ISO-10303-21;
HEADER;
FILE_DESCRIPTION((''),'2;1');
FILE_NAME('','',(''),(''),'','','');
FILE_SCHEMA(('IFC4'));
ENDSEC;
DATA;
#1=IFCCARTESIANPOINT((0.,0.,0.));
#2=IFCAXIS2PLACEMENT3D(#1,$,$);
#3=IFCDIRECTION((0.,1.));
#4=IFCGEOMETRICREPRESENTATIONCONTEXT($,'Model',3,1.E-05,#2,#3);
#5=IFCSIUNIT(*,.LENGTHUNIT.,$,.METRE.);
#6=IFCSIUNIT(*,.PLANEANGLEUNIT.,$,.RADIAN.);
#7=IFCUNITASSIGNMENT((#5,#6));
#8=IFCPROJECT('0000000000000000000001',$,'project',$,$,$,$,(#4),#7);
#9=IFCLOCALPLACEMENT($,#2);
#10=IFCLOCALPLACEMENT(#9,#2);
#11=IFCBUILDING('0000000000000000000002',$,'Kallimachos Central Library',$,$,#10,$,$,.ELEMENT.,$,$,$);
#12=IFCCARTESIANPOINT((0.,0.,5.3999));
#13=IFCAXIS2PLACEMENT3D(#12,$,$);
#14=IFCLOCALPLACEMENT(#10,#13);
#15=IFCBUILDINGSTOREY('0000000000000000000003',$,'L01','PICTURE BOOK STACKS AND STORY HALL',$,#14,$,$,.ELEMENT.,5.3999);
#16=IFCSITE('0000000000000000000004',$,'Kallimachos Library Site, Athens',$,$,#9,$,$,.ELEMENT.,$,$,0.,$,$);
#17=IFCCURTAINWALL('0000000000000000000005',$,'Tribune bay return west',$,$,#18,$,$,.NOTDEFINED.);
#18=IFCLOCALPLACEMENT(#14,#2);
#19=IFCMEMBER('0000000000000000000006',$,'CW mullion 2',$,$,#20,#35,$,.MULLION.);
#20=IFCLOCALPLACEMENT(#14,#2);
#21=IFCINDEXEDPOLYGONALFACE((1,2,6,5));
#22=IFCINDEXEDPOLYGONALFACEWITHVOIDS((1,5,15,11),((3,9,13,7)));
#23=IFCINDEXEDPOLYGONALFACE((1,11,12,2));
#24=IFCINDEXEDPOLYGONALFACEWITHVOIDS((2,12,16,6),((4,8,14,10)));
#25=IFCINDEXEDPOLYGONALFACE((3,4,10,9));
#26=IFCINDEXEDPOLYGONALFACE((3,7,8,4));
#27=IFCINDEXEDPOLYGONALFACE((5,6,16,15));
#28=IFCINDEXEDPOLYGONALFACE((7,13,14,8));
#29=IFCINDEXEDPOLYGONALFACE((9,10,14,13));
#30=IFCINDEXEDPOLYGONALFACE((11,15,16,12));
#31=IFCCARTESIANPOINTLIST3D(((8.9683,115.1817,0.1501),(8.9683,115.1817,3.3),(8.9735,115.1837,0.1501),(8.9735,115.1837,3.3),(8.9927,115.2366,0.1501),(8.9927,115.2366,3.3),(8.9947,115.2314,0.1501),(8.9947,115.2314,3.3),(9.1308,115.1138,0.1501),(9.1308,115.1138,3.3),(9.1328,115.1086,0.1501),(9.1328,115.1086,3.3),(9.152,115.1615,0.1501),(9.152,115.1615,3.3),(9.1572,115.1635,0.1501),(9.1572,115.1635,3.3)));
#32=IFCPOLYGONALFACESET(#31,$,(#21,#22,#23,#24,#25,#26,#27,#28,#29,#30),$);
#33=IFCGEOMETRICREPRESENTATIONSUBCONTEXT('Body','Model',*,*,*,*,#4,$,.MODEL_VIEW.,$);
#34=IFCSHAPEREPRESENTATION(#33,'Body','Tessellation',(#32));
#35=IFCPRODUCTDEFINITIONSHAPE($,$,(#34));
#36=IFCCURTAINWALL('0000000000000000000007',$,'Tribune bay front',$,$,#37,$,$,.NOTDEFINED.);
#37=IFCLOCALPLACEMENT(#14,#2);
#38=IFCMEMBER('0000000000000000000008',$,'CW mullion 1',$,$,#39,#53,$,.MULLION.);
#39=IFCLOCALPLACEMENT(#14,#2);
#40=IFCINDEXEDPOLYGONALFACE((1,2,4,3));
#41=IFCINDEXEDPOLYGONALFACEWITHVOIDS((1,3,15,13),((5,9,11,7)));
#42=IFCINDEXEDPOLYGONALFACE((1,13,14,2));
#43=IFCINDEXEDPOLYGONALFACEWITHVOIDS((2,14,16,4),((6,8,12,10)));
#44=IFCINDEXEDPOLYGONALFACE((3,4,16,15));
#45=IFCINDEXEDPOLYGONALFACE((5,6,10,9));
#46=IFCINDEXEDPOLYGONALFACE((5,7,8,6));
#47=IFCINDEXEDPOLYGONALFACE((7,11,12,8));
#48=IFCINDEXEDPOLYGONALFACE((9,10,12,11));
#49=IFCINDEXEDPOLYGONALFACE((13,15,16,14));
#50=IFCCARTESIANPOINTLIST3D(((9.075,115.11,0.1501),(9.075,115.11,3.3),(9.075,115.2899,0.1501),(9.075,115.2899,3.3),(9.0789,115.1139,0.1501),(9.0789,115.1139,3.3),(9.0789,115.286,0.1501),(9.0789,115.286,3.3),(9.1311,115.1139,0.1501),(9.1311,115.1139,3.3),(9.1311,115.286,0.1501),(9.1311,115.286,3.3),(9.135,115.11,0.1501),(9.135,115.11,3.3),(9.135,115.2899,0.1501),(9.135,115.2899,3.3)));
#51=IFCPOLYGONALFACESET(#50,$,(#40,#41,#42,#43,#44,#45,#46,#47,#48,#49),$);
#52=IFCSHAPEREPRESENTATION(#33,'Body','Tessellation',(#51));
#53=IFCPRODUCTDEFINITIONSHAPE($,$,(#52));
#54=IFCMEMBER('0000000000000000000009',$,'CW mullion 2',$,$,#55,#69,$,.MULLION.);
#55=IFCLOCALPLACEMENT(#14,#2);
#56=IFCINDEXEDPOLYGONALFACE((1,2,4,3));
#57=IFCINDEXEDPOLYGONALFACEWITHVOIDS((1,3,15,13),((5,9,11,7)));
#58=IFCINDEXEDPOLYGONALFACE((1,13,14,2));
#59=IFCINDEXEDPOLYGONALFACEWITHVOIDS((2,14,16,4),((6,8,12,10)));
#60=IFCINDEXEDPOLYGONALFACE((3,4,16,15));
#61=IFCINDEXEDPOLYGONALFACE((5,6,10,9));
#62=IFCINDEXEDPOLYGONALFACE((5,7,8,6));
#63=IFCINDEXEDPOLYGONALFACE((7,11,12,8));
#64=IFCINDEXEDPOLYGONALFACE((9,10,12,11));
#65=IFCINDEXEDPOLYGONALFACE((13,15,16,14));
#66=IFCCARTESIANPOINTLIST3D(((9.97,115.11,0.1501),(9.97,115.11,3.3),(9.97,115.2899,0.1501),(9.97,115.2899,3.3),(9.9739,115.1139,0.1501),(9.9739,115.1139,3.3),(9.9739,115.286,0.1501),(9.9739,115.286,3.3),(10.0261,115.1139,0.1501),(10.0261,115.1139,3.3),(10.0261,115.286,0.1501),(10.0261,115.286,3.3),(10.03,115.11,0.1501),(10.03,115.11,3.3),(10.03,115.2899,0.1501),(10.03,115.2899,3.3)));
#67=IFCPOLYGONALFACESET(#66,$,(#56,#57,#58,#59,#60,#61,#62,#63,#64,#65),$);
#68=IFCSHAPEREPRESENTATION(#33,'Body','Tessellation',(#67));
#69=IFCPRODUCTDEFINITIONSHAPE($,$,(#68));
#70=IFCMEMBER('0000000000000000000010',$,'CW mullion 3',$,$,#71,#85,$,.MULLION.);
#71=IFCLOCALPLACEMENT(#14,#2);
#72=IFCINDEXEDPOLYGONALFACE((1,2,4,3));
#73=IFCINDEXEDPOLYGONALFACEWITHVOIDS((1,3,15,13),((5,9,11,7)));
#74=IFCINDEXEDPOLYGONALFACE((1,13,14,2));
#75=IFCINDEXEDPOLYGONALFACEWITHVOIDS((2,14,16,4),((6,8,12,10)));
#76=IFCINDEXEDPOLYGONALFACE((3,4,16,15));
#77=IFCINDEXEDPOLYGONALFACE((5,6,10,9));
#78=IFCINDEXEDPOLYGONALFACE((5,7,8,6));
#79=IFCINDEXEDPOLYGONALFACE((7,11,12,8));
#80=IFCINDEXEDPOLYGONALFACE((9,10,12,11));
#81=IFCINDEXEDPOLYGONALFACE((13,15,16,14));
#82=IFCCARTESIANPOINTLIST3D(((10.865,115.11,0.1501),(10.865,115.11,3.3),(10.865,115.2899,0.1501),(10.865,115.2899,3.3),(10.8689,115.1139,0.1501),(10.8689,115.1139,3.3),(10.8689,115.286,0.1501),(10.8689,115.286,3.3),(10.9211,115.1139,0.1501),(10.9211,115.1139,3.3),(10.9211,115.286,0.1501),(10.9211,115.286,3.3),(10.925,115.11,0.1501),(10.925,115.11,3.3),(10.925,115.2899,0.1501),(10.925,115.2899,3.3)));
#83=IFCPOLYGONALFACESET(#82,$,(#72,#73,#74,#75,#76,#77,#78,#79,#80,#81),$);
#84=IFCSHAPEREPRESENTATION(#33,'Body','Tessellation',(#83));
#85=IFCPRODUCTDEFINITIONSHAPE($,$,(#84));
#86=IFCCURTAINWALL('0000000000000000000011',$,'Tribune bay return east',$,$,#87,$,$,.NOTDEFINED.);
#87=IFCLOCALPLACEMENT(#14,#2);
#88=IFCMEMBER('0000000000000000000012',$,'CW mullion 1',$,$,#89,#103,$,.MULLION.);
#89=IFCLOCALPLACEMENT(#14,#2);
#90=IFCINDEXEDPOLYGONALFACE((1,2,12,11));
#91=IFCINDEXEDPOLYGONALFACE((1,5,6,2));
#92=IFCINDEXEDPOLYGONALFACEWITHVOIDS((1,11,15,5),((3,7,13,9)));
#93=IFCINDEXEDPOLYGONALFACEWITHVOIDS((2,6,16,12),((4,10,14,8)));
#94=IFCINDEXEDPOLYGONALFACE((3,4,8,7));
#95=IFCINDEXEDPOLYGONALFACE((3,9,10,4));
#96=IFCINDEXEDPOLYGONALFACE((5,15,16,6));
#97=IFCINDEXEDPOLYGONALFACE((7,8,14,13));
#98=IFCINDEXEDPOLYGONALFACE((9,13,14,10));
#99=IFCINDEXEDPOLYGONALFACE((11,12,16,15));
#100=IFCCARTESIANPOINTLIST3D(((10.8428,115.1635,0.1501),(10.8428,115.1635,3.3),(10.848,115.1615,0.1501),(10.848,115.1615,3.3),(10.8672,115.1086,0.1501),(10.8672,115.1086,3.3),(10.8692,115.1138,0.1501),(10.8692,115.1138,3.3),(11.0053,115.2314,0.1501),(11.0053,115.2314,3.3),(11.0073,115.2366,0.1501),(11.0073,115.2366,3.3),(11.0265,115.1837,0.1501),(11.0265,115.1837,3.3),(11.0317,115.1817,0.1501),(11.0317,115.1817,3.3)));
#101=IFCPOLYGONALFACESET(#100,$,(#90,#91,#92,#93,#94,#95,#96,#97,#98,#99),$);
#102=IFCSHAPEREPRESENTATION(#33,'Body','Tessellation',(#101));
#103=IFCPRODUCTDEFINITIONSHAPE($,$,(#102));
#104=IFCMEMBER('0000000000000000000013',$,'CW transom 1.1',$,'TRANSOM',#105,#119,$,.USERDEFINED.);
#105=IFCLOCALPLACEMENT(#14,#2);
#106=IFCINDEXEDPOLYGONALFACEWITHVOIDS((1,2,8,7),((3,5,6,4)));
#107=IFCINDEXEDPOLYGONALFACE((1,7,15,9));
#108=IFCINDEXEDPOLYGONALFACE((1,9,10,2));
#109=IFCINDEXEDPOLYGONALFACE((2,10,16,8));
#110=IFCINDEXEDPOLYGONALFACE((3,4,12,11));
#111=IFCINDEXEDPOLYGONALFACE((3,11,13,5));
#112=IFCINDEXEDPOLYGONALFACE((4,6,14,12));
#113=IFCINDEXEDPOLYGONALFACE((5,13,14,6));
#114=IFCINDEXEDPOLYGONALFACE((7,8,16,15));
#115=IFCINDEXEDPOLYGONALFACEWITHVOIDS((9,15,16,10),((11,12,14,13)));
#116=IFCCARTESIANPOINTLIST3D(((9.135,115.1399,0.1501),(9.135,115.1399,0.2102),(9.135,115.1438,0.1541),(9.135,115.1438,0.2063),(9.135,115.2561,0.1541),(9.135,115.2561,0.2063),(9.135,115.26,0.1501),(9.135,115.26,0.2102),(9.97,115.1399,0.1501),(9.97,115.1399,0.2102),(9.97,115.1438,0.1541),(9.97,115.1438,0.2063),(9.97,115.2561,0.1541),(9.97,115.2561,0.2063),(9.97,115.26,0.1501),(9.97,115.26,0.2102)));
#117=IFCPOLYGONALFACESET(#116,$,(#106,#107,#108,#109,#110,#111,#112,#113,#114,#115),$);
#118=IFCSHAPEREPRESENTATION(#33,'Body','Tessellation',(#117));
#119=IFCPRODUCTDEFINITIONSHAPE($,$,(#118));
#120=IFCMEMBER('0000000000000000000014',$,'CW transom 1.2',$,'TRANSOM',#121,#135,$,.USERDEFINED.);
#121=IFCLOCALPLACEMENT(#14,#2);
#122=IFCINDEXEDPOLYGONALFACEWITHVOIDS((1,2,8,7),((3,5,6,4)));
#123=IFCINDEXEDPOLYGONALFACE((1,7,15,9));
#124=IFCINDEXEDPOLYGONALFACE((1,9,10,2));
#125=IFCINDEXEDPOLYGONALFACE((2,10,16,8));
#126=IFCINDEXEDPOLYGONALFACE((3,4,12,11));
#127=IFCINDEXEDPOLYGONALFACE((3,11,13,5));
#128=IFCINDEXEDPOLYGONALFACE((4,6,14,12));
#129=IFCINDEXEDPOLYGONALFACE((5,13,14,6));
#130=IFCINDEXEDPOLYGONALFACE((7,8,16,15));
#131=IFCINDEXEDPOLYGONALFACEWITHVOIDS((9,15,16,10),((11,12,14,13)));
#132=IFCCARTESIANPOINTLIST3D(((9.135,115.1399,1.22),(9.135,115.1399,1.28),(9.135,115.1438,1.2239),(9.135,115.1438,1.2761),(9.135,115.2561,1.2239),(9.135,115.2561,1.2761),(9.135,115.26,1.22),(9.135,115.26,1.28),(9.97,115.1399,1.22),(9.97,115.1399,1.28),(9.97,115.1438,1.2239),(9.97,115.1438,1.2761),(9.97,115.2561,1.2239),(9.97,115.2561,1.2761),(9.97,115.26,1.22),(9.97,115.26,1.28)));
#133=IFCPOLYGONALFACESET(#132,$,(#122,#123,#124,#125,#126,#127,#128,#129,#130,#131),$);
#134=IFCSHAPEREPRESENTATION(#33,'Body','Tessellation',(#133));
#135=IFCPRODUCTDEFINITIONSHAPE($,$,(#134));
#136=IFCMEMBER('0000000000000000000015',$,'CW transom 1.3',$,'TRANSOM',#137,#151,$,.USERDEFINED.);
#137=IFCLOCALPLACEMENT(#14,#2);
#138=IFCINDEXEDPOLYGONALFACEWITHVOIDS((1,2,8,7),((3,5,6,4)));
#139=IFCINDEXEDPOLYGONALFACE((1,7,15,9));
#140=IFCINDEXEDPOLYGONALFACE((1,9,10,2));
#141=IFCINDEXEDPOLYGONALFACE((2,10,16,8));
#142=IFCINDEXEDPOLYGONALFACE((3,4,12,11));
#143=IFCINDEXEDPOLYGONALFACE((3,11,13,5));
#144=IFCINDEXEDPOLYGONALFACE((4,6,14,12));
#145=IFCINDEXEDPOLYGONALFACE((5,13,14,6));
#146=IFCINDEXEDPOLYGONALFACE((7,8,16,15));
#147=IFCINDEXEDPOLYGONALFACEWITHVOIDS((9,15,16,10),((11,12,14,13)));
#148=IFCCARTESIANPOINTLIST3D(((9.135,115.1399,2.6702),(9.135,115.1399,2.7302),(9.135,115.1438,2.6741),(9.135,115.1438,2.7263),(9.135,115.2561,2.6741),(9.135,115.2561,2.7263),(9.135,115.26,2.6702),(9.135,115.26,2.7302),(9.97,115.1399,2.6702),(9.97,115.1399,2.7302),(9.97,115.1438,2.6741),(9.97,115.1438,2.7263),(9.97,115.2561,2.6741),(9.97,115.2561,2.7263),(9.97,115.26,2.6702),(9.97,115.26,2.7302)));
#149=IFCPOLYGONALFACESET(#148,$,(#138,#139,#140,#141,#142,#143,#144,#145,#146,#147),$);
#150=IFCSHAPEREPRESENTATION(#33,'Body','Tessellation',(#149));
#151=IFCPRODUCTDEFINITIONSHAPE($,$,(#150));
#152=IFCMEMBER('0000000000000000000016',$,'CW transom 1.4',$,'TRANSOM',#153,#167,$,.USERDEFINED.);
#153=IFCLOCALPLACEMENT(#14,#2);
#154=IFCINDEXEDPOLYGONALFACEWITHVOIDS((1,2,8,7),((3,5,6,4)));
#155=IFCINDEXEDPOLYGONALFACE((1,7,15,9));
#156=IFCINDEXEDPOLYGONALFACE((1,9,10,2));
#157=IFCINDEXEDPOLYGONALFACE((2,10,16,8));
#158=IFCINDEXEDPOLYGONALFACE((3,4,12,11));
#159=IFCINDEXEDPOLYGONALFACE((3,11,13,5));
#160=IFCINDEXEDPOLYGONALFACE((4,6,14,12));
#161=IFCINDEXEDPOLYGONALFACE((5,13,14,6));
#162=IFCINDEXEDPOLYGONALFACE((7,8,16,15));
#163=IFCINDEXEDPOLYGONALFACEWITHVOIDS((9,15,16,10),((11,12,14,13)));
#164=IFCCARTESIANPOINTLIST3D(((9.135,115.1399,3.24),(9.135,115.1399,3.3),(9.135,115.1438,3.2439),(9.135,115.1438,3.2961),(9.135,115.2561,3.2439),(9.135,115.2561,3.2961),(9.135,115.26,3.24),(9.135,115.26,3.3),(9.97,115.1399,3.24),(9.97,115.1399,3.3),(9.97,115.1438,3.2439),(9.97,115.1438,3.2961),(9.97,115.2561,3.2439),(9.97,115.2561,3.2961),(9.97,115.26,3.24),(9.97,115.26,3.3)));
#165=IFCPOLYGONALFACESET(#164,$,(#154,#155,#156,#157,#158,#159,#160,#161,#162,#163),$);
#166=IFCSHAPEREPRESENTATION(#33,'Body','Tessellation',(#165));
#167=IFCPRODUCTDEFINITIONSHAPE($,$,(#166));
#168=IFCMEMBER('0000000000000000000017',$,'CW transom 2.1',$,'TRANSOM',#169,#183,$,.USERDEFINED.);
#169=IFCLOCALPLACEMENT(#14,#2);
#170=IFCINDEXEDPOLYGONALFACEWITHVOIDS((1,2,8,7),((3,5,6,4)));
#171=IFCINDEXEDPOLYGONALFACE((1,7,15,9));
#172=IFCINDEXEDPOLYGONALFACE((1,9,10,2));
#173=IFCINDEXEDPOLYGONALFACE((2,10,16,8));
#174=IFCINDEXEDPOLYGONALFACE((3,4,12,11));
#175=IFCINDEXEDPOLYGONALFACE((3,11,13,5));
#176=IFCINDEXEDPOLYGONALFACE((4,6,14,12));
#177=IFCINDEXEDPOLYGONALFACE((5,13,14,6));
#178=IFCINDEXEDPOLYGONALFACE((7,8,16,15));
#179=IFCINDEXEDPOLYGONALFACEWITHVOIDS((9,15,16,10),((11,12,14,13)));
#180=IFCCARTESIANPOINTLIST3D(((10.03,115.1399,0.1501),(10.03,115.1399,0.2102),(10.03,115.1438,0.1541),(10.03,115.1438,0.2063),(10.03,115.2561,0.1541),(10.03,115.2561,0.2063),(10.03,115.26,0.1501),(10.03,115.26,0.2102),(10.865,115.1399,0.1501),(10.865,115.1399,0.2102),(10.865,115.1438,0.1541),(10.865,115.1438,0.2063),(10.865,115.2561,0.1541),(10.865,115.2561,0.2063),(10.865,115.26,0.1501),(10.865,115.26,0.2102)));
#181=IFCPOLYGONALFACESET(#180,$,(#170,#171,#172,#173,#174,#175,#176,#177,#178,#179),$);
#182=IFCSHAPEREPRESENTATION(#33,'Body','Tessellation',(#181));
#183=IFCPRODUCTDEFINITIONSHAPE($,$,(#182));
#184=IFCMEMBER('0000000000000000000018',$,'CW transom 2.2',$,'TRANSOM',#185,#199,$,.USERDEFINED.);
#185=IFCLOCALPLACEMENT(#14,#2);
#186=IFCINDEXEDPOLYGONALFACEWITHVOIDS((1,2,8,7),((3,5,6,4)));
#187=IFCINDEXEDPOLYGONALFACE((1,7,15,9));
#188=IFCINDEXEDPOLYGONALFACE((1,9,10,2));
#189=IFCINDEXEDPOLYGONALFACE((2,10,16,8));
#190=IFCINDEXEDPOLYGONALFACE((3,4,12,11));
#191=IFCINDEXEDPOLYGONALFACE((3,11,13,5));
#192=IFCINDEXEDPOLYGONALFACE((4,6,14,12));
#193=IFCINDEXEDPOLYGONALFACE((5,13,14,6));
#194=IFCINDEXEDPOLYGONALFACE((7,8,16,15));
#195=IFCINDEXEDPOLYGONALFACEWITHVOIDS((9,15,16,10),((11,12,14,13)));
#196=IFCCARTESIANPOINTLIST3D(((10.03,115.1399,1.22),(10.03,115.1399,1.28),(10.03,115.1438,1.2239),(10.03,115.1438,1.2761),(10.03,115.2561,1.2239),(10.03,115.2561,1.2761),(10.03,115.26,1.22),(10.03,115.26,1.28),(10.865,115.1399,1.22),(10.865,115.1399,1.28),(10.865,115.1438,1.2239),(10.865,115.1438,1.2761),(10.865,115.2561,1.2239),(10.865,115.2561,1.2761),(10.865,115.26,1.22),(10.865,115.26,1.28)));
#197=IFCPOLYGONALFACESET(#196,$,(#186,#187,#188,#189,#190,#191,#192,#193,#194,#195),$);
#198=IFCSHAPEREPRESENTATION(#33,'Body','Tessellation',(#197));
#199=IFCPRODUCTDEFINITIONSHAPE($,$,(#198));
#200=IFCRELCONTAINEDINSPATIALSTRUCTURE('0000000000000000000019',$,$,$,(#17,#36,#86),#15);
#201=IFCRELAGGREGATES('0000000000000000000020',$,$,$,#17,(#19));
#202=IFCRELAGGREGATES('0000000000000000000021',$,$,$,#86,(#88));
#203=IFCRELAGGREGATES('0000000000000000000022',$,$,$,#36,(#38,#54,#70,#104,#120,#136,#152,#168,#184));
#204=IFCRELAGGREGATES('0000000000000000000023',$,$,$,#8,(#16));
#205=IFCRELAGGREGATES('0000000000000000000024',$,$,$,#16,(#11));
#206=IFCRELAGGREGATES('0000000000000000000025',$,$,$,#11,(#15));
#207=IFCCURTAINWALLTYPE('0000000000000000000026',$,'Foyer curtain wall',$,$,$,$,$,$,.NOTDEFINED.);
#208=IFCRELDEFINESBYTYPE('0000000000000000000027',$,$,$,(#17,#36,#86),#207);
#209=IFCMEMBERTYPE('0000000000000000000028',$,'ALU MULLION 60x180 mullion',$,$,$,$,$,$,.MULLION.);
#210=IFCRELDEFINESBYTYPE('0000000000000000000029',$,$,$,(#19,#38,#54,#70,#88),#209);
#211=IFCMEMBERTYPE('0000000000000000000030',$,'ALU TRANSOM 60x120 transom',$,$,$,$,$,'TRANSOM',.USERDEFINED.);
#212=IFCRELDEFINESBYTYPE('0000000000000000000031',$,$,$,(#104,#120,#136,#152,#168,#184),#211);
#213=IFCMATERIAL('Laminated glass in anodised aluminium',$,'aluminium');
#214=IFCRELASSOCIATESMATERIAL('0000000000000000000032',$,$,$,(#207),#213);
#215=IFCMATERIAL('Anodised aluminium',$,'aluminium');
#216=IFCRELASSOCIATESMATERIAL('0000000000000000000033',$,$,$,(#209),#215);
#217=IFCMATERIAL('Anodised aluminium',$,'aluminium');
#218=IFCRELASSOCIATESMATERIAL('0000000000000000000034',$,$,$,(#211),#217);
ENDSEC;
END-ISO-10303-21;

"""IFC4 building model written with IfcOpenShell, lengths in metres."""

from ifc_helpers import new_model, si_unit, direction, frame, origin, origin_2d, place, context, subcontext, project, spatial, hollow_rectangle, extrude, material, material_profile, profile_set, type_object, element, aggregate, save


model = new_model("IFC4")

# Units and contexts
model_context = context("Model", 3, precision=1e-05, world=origin(), true_north=direction((0.0, 1.0)))
body_context = subcontext(model_context, "Body", "Model", "MODEL_VIEW")
ifc_project = project(units=[si_unit("LENGTHUNIT", "METRE"), si_unit("PLANEANGLEUNIT", "RADIAN")], contexts=[model_context])

# Site, building, storey
site_placement = place(None, origin())
site = spatial("IfcSite", under=ifc_project, at=site_placement, Name="Kallimachos Library Site, Athens", CompositionType="ELEMENT", RefElevation=0.0)
building_placement = place(site_placement, origin())
building = spatial("IfcBuilding", under=site, at=building_placement, Name="Kallimachos Central Library", CompositionType="ELEMENT")
storey_placement = place(building_placement, frame((0.0, 0.0, 5.3999)))
storey = spatial("IfcBuildingStorey", under=building, at=storey_placement, Name="L01", Description="PICTURE BOOK STACKS AND STORY HALL", CompositionType="ELEMENT", Elevation=5.3999)

# Curtain wall, member
ifc_material_1 = material(Name="Laminated glass in anodised aluminium", Category="aluminium")
curtain_wall_type = type_object("IfcCurtainWallType", Name="Foyer curtain wall", PredefinedType="NOTDEFINED", material=ifc_material_1)
curtain_wall_1_placement = place(storey_placement, origin())
curtain_wall_1 = element("IfcCurtainWall", 1, at=curtain_wall_1_placement, inside=storey, type_object=curtain_wall_type, Name="Tribune bay return west", PredefinedType="NOTDEFINED")
ifc_material_2 = material(Name="Anodised aluminium", Category="aluminium")
ifc_material_profile_1 = material_profile(ifc_material_2, hollow_rectangle(XDim=0.0601, YDim=0.1799, WallThickness=0.0039, at=origin_2d()), Name="ALU MULLION 60x180")
ifc_profile_set_1 = profile_set([ifc_material_profile_1], Name="Anodised aluminium")
member_type_1 = type_object("IfcMemberType", Name="ALU MULLION 60x180 mullion", PredefinedType="MULLION", material=ifc_profile_set_1)
member_1_placement = place(storey_placement, frame((9.0627, 115.1726, 0.1501), z_axis=(0.0, 0.0, 1.0), x_axis=(0.406138, 0.913812, 0.0)))
member_1 = element("IfcMember", 2, at=member_1_placement, type_object=member_type_1, Name="CW mullion 2", PredefinedType="MULLION", context=body_context, shape_type="SweptSolid", body=[
    extrude(hollow_rectangle(XDim=0.0601, YDim=0.1799, WallThickness=0.0039, at=origin_2d()), origin(), (0.0, 0.0, 1.0), 3.1499),
])
aggregate(curtain_wall_1, [member_1])

# Curtain wall, members
curtain_wall_2_placement = place(storey_placement, origin())
curtain_wall_2 = element("IfcCurtainWall", 3, at=curtain_wall_2_placement, inside=storey, type_object=curtain_wall_type, Name="Tribune bay front", PredefinedType="NOTDEFINED")
member_2_placement = place(storey_placement, frame((9.105, 115.2, 0.1501), z_axis=(0.0, 0.0, 1.0), x_axis=(1.0, 0.0, 0.0)))
member_2 = element("IfcMember", 4, at=member_2_placement, type_object=member_type_1, Name="CW mullion 1", PredefinedType="MULLION", context=body_context, shape_type="SweptSolid", body=[
    extrude(hollow_rectangle(XDim=0.0601, YDim=0.1799, WallThickness=0.0039, at=origin_2d()), origin(), (0.0, 0.0, 1.0), 3.1499),
])
member_3_placement = place(storey_placement, frame((10.0, 115.2, 0.1501), z_axis=(0.0, 0.0, 1.0), x_axis=(1.0, 0.0, 0.0)))
member_3 = element("IfcMember", 5, at=member_3_placement, type_object=member_type_1, Name="CW mullion 2", PredefinedType="MULLION", context=body_context, shape_type="SweptSolid", body=[
    extrude(hollow_rectangle(XDim=0.0601, YDim=0.1799, WallThickness=0.0039, at=origin_2d()), origin(), (0.0, 0.0, 1.0), 3.1499),
])
member_4_placement = place(storey_placement, frame((10.895, 115.2, 0.1501), z_axis=(0.0, 0.0, 1.0), x_axis=(1.0, 0.0, 0.0)))
member_4 = element("IfcMember", 6, at=member_4_placement, type_object=member_type_1, Name="CW mullion 3", PredefinedType="MULLION", context=body_context, shape_type="SweptSolid", body=[
    extrude(hollow_rectangle(XDim=0.0601, YDim=0.1799, WallThickness=0.0039, at=origin_2d()), origin(), (0.0, 0.0, 1.0), 3.1499),
])

# Curtain wall, member
curtain_wall_3_placement = place(storey_placement, origin())
curtain_wall_3 = element("IfcCurtainWall", 7, at=curtain_wall_3_placement, inside=storey, type_object=curtain_wall_type, Name="Tribune bay return east", PredefinedType="NOTDEFINED")
member_5_placement = place(storey_placement, frame((10.9373, 115.1726, 0.1501), z_axis=(0.0, 0.0, 1.0), x_axis=(0.406138, -0.913812, 0.0)))
member_5 = element("IfcMember", 8, at=member_5_placement, type_object=member_type_1, Name="CW mullion 1", PredefinedType="MULLION", context=body_context, shape_type="SweptSolid", body=[
    extrude(hollow_rectangle(XDim=0.0601, YDim=0.1799, WallThickness=0.0039, at=origin_2d()), origin(), (0.0, 0.0, 1.0), 3.1499),
])

# Members
ifc_material_3 = material(Name="Anodised aluminium", Category="aluminium")
ifc_material_profile_2 = material_profile(ifc_material_3, hollow_rectangle(XDim=0.0601, YDim=0.1201, WallThickness=0.0039, at=origin_2d()), Name="ALU TRANSOM 60x120")
ifc_profile_set_2 = profile_set([ifc_material_profile_2], Name="Anodised aluminium")
member_type_2 = type_object("IfcMemberType", Name="ALU TRANSOM 60x120 transom", ElementType="TRANSOM", PredefinedType="USERDEFINED", material=ifc_profile_set_2)
member_6_placement = place(storey_placement, frame((9.135, 115.2, 0.1802), z_axis=(1.0, 0.0, 0.0), x_axis=(0.0, 0.0, 1.0)))
member_6 = element("IfcMember", 9, at=member_6_placement, type_object=member_type_2, Name="CW transom 1.1", ObjectType="TRANSOM", PredefinedType="USERDEFINED", context=body_context, shape_type="SweptSolid", body=[
    extrude(hollow_rectangle(XDim=0.0601, YDim=0.1201, WallThickness=0.0039, at=origin_2d()), origin(), (0.0, 0.0, 1.0), 0.835),
])
member_7_placement = place(storey_placement, frame((9.135, 115.2, 1.25), z_axis=(1.0, 0.0, 0.0), x_axis=(0.0, 0.0, 1.0)))
member_7 = element("IfcMember", 10, at=member_7_placement, type_object=member_type_2, Name="CW transom 1.2", ObjectType="TRANSOM", PredefinedType="USERDEFINED", context=body_context, shape_type="SweptSolid", body=[
    extrude(hollow_rectangle(XDim=0.0601, YDim=0.1201, WallThickness=0.0039, at=origin_2d()), origin(), (0.0, 0.0, 1.0), 0.835),
])
member_8_placement = place(storey_placement, frame((9.135, 115.2, 2.7002), z_axis=(1.0, 0.0, 0.0), x_axis=(0.0, 0.0, 1.0)))
member_8 = element("IfcMember", 11, at=member_8_placement, type_object=member_type_2, Name="CW transom 1.3", ObjectType="TRANSOM", PredefinedType="USERDEFINED", context=body_context, shape_type="SweptSolid", body=[
    extrude(hollow_rectangle(XDim=0.0601, YDim=0.1201, WallThickness=0.0039, at=origin_2d()), origin(), (0.0, 0.0, 1.0), 0.835),
])
member_9_placement = place(storey_placement, frame((9.135, 115.2, 3.27), z_axis=(1.0, 0.0, 0.0), x_axis=(0.0, 0.0, 1.0)))
member_9 = element("IfcMember", 12, at=member_9_placement, type_object=member_type_2, Name="CW transom 1.4", ObjectType="TRANSOM", PredefinedType="USERDEFINED", context=body_context, shape_type="SweptSolid", body=[
    extrude(hollow_rectangle(XDim=0.0601, YDim=0.1201, WallThickness=0.0039, at=origin_2d()), origin(), (0.0, 0.0, 1.0), 0.835),
])
member_10_placement = place(storey_placement, frame((10.03, 115.2, 0.1802), z_axis=(1.0, 0.0, 0.0), x_axis=(0.0, 0.0, 1.0)))
member_10 = element("IfcMember", 13, at=member_10_placement, type_object=member_type_2, Name="CW transom 2.1", ObjectType="TRANSOM", PredefinedType="USERDEFINED", context=body_context, shape_type="SweptSolid", body=[
    extrude(hollow_rectangle(XDim=0.0601, YDim=0.1201, WallThickness=0.0039, at=origin_2d()), origin(), (0.0, 0.0, 1.0), 0.835),
])
member_11_placement = place(storey_placement, frame((10.03, 115.2, 1.25), z_axis=(1.0, 0.0, 0.0), x_axis=(0.0, 0.0, 1.0)))
member_11 = element("IfcMember", 14, at=member_11_placement, type_object=member_type_2, Name="CW transom 2.2", ObjectType="TRANSOM", PredefinedType="USERDEFINED", context=body_context, shape_type="SweptSolid", body=[
    extrude(hollow_rectangle(XDim=0.0601, YDim=0.1201, WallThickness=0.0039, at=origin_2d()), origin(), (0.0, 0.0, 1.0), 0.835),
])
aggregate(curtain_wall_3, [member_5])

aggregate(curtain_wall_2, [member_2, member_3, member_4, member_6, member_7, member_8, member_9, member_10, member_11])

save(model, "model.ifc")
